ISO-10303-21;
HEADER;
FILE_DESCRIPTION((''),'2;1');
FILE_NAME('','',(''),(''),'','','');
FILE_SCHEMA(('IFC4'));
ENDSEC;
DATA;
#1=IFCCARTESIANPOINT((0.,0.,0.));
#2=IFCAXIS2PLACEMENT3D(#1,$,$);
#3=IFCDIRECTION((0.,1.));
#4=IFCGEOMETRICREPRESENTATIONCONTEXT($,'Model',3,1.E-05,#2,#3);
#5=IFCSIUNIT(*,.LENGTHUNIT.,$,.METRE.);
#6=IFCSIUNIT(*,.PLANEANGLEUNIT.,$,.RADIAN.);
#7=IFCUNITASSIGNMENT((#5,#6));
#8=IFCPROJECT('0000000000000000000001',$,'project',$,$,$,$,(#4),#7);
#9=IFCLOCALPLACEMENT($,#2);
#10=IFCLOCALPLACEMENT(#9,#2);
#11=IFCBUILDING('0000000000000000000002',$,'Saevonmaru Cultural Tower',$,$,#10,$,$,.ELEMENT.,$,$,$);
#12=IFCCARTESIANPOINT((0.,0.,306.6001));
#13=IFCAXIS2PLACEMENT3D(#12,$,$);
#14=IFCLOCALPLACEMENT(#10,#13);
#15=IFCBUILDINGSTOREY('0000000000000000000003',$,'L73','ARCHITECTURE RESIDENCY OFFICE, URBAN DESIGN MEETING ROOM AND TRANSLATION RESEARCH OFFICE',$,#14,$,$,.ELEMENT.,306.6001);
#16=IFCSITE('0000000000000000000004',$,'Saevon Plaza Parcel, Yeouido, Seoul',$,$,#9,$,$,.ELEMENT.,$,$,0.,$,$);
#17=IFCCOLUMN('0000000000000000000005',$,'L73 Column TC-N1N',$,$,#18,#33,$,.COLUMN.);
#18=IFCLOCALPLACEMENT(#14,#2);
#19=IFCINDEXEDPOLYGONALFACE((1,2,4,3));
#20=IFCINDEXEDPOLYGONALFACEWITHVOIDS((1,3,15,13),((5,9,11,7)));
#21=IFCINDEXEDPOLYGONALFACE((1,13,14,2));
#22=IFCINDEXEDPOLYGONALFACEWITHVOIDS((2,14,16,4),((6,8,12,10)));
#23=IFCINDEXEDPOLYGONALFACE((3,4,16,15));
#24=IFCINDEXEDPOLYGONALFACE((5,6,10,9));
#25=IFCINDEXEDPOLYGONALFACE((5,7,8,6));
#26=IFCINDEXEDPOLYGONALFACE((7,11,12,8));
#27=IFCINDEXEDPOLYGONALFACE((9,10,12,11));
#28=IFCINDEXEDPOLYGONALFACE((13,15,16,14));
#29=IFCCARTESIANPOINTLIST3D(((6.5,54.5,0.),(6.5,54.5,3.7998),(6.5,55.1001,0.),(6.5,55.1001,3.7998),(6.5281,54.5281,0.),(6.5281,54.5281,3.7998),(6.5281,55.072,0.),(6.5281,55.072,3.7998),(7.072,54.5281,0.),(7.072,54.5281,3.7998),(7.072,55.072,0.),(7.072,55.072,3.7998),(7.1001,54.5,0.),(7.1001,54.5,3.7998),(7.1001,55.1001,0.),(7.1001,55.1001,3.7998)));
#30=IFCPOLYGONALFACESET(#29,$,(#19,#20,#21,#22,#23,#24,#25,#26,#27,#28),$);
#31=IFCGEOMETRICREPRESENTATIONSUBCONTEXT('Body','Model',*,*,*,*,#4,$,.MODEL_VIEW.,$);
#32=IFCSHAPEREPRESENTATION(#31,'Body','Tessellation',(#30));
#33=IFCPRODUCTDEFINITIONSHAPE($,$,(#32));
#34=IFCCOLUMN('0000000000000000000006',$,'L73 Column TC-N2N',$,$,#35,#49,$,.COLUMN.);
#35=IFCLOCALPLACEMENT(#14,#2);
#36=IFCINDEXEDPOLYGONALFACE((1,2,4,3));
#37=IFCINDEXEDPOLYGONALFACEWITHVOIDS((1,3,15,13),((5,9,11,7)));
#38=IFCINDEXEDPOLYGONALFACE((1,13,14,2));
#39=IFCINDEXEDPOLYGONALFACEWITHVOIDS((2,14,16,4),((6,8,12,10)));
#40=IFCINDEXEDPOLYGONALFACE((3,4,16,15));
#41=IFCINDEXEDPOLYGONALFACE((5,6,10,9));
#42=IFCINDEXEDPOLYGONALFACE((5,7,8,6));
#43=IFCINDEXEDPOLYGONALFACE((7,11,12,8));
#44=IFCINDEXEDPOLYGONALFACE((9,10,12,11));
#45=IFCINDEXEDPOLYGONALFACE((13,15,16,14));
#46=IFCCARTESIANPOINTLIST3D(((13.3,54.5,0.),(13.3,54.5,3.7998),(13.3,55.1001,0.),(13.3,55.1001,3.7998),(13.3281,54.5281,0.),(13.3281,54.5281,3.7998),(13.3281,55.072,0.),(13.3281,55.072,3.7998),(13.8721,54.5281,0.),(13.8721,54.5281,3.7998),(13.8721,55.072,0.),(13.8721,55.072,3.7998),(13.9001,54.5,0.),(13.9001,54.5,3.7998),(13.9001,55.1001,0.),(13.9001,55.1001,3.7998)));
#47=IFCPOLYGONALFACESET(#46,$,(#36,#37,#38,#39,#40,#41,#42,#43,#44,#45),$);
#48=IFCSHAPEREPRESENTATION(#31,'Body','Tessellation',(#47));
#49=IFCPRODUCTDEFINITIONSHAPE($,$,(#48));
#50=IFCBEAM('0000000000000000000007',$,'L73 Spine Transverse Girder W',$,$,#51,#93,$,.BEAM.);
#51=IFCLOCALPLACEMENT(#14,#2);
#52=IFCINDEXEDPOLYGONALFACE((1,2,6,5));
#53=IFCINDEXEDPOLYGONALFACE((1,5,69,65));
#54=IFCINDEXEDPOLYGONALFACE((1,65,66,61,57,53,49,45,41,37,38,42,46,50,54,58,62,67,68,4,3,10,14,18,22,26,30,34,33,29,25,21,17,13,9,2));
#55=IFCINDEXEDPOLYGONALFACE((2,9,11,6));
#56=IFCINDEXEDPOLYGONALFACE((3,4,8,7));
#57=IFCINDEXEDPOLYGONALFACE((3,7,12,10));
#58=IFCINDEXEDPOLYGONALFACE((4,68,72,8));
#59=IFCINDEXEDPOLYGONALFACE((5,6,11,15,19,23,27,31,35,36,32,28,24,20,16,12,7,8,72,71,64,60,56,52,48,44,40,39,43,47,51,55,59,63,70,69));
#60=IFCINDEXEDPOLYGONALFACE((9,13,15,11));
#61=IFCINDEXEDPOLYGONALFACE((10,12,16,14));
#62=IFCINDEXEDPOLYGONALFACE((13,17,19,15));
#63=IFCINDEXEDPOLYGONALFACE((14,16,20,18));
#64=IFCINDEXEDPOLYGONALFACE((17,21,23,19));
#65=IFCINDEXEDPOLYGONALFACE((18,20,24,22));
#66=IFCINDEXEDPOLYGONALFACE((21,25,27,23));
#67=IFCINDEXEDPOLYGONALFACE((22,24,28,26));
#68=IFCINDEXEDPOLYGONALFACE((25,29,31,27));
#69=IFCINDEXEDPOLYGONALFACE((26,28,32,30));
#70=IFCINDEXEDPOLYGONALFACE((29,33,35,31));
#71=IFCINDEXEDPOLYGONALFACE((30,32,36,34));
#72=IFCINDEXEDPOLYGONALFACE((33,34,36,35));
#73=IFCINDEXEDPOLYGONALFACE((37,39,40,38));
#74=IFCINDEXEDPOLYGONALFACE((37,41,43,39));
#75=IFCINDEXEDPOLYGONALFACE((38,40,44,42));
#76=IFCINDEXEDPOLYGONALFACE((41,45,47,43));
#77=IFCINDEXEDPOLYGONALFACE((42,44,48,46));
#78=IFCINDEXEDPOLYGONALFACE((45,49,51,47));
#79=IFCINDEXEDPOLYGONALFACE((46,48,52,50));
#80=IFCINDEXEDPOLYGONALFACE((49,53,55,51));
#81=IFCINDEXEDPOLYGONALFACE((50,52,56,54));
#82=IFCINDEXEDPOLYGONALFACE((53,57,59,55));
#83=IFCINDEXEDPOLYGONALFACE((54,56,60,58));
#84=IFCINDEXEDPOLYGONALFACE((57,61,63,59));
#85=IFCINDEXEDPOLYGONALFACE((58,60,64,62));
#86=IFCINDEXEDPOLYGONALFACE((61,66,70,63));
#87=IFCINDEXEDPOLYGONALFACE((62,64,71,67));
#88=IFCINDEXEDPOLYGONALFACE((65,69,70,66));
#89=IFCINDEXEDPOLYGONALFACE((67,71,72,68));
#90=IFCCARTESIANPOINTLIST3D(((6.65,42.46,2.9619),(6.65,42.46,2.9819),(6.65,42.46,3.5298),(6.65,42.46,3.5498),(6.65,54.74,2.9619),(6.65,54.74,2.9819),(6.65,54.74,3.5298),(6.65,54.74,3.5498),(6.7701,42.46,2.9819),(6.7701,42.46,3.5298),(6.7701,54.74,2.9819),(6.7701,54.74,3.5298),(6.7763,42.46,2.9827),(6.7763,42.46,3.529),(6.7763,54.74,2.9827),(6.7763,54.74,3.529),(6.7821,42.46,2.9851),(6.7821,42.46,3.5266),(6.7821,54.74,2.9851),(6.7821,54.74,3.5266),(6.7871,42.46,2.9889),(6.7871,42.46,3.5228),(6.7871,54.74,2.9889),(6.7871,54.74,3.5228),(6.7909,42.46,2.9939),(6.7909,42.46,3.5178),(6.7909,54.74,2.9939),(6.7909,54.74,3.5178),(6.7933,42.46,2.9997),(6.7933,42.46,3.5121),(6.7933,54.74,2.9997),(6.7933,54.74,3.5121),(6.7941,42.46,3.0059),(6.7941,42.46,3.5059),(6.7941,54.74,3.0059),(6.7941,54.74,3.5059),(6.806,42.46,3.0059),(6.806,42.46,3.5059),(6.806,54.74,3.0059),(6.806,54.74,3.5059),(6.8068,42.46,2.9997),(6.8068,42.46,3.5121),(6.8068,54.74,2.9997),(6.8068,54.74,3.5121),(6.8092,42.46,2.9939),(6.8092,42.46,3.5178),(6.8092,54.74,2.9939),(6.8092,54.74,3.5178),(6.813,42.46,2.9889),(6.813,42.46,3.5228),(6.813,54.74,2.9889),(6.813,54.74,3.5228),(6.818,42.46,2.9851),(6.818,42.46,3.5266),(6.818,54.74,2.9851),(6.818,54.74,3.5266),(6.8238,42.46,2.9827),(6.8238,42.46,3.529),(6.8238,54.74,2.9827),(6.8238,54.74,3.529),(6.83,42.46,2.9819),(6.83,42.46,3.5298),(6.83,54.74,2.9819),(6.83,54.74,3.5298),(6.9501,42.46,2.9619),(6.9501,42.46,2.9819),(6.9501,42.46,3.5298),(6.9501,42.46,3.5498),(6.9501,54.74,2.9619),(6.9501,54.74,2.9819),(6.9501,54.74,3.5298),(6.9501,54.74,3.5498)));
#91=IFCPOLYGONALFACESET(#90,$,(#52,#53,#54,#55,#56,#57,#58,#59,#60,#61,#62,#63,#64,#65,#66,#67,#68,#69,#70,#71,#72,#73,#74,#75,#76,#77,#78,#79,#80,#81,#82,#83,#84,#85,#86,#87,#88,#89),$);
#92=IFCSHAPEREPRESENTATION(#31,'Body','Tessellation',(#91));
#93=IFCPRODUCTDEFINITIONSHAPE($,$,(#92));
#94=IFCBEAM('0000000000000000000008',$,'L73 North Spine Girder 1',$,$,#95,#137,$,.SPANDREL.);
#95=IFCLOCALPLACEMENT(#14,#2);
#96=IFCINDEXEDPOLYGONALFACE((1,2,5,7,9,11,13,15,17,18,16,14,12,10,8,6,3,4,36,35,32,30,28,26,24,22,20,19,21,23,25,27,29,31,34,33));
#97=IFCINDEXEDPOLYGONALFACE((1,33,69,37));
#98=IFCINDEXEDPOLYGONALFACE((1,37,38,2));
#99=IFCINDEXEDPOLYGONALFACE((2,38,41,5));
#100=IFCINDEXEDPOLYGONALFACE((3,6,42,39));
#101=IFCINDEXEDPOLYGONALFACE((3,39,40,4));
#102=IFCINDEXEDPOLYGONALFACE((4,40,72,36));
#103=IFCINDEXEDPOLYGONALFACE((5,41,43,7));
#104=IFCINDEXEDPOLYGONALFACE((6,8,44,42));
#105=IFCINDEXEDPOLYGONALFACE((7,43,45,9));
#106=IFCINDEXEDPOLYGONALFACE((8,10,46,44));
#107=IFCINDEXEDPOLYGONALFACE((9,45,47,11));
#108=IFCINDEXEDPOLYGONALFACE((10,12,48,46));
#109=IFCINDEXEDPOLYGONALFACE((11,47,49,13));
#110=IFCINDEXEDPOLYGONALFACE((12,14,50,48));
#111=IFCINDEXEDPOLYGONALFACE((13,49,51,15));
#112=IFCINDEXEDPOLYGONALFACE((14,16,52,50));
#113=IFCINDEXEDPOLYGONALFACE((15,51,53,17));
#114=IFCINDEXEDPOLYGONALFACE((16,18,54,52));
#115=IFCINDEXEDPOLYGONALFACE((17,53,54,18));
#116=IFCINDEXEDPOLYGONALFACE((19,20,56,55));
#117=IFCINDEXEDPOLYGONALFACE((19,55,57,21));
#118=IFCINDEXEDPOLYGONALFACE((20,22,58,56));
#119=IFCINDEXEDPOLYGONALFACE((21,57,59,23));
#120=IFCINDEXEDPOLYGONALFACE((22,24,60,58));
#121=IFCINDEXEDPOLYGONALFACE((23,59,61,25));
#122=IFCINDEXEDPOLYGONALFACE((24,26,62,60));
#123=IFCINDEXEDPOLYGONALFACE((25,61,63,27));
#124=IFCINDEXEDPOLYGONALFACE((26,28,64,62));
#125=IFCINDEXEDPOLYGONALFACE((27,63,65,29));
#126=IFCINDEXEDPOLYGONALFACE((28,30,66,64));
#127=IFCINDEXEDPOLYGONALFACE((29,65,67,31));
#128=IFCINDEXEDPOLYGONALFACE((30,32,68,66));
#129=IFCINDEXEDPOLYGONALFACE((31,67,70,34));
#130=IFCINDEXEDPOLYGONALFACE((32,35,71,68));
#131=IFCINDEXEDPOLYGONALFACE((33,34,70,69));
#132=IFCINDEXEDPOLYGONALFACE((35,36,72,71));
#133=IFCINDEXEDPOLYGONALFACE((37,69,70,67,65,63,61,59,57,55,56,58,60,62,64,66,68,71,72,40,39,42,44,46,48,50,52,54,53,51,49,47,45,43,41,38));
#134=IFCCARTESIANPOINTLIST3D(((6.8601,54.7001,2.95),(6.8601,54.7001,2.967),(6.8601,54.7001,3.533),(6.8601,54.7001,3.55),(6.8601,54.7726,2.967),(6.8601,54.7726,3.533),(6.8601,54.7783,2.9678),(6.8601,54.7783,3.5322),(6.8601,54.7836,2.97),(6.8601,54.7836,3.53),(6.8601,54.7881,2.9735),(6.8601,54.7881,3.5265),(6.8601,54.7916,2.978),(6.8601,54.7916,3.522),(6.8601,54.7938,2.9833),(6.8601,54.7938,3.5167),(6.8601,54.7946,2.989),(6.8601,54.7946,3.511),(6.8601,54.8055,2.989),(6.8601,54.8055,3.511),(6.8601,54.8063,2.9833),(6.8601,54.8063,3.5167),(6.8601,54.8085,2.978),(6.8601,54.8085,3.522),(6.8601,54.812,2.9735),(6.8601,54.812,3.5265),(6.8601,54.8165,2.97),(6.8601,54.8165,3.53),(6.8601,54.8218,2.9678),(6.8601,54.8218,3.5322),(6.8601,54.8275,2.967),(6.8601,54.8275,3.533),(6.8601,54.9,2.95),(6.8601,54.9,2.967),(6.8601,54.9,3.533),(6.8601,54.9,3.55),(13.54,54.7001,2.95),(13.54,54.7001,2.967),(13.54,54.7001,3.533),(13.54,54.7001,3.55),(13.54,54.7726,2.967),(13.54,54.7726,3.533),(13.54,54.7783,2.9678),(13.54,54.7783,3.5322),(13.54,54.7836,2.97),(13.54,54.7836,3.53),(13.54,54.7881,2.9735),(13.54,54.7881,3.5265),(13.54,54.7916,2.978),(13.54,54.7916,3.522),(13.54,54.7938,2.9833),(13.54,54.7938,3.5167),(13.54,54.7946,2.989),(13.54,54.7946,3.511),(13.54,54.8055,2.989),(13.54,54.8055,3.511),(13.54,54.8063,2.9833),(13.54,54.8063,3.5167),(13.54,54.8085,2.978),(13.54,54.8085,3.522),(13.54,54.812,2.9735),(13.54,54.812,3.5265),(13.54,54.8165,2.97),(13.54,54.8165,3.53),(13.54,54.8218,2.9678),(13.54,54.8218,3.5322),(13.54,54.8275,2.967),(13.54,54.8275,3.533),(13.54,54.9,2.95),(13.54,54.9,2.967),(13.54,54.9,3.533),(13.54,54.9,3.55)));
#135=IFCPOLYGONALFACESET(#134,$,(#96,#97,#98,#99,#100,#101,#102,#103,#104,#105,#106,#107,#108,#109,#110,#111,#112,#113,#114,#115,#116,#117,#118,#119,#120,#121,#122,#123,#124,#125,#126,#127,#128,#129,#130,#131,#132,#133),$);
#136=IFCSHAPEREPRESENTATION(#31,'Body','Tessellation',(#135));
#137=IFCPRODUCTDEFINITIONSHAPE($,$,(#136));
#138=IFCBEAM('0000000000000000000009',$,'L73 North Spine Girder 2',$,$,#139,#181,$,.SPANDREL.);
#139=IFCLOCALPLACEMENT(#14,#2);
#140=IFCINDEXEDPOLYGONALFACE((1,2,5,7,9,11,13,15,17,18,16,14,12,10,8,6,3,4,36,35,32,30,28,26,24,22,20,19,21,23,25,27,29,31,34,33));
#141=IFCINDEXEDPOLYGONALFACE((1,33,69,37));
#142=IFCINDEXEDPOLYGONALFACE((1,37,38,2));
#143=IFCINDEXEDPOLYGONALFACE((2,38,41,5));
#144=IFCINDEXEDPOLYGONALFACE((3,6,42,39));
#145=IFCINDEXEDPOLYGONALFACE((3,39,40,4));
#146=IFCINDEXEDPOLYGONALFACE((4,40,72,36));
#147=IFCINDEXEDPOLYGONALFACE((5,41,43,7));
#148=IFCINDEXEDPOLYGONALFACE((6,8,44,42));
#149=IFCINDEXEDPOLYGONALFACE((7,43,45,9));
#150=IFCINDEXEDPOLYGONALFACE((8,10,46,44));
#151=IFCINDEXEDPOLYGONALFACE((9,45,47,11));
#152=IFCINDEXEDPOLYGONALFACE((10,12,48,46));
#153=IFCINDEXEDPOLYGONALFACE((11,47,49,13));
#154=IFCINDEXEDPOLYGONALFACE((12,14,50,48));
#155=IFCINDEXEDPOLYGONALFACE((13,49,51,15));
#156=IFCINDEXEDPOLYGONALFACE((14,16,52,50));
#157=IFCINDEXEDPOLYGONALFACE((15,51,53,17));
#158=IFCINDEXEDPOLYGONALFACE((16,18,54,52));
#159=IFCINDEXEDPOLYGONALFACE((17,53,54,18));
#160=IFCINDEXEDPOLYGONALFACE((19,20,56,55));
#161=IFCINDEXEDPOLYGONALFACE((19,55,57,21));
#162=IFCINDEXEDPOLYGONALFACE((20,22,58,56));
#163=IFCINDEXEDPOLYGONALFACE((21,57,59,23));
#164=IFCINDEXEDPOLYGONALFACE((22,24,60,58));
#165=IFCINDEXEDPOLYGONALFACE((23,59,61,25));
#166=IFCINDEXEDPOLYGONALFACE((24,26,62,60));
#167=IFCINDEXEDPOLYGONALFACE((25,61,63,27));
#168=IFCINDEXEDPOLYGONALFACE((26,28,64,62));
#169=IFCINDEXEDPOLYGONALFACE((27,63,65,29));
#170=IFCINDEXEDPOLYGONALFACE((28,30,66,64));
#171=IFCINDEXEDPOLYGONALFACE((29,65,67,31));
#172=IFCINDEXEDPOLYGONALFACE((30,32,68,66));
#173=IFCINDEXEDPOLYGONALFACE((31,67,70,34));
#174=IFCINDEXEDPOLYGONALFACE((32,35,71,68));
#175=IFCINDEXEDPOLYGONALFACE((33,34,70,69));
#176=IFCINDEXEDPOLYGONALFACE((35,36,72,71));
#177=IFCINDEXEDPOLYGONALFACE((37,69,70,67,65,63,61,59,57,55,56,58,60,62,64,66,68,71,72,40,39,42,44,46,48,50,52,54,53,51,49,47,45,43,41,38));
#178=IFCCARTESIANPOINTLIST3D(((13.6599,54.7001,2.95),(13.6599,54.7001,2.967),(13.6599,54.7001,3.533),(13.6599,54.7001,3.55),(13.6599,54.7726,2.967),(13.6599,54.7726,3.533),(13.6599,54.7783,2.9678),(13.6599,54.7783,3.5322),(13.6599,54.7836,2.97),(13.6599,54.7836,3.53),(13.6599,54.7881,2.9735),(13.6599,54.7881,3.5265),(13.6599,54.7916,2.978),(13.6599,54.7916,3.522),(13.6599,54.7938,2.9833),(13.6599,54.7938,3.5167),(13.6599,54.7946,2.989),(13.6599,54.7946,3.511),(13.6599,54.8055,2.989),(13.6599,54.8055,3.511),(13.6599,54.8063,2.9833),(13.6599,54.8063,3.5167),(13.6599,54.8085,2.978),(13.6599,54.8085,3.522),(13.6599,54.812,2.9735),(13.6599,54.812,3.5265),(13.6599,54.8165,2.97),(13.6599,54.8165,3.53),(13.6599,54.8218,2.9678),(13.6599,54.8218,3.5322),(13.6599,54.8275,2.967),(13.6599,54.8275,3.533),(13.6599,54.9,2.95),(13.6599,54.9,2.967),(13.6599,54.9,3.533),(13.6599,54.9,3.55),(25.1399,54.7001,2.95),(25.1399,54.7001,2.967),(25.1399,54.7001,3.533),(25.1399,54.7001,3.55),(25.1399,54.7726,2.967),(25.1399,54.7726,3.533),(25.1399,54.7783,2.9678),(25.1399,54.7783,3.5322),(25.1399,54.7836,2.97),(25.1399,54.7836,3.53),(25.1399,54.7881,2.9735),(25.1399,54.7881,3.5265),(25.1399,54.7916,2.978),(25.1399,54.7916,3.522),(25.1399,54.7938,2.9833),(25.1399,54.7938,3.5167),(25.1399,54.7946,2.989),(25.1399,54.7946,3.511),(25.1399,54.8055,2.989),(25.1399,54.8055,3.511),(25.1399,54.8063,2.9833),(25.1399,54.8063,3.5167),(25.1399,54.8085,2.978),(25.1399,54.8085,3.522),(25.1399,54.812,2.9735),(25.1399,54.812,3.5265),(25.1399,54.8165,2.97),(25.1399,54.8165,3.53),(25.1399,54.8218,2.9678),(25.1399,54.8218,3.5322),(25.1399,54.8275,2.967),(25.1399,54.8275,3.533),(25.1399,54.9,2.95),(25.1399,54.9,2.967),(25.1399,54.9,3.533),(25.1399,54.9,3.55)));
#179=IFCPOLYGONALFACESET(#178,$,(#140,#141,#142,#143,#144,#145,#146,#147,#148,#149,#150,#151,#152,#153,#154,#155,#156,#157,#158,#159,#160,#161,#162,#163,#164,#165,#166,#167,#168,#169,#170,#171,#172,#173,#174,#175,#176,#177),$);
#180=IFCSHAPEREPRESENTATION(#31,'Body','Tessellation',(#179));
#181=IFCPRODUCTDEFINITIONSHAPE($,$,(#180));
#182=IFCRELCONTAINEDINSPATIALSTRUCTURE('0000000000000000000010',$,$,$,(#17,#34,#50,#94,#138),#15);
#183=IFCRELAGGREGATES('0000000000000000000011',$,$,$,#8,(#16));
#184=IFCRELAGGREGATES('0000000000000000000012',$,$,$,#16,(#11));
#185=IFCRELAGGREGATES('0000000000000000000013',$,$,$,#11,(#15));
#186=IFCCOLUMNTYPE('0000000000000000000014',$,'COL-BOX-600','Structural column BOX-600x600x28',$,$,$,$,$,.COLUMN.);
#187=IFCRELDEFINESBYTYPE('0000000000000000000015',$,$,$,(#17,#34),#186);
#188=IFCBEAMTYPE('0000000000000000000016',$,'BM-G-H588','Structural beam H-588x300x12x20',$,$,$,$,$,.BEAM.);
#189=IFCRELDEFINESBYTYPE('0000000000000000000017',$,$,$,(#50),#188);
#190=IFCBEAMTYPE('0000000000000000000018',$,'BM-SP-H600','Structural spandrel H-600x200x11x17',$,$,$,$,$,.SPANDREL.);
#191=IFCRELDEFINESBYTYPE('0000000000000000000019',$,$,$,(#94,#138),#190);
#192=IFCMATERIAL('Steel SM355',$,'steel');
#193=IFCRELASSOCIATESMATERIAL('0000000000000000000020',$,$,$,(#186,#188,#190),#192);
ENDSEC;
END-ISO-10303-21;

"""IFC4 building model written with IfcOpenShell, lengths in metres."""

from ifc_helpers import new_model, si_unit, direction, frame, origin, origin_2d, place, context, subcontext, project, spatial, hollow_rectangle, i_section, extrude, material, material_profile, profile_set, type_object, element, save


model = new_model("IFC4")

# Units and contexts
model_context = context("Model", 3, precision=1e-05, world=origin(), true_north=direction((0.0, 1.0)))
body_context = subcontext(model_context, "Body", "Model", "MODEL_VIEW")
ifc_project = project(units=[si_unit("LENGTHUNIT", "METRE"), si_unit("PLANEANGLEUNIT", "RADIAN")], contexts=[model_context])

# Site, building, storey
site_placement = place(None, origin())
site = spatial("IfcSite", under=ifc_project, at=site_placement, Name="Saevon Plaza Parcel, Yeouido, Seoul", CompositionType="ELEMENT", RefElevation=0.0)
building_placement = place(site_placement, origin())
building = spatial("IfcBuilding", under=site, at=building_placement, Name="Saevonmaru Cultural Tower", CompositionType="ELEMENT")
storey_placement = place(building_placement, frame((0.0, 0.0, 306.6001)))
storey = spatial("IfcBuildingStorey", under=building, at=storey_placement, Name="L73", Description="ARCHITECTURE RESIDENCY OFFICE, URBAN DESIGN MEETING ROOM AND TRANSLATION RESEARCH OFFICE", CompositionType="ELEMENT", Elevation=306.6001)

# Columns
ifc_material_1 = material(Name="Steel SM355", Category="steel")
ifc_material_profile_1 = material_profile(ifc_material_1, hollow_rectangle(XDim=0.6001, YDim=0.6001, WallThickness=0.0281, at=origin_2d()), Name="BOX-600x600x28")
ifc_profile_set_1 = profile_set([ifc_material_profile_1], Name="Steel SM355")
column_type = type_object("IfcColumnType", Name="COL-BOX-600", Description="Structural column BOX-600x600x28", PredefinedType="COLUMN", material=ifc_profile_set_1)
for number, where, z_axis, x_axis, name in (
    (1, (6.8, 54.8, 0.0), (0.0, 0.0, 1.0), (1.0, 0.0, 0.0), "L73 Column TC-N1N"),
    (2, (13.6001, 54.8, 0.0), (0.0, 0.0, 1.0), (1.0, 0.0, 0.0), "L73 Column TC-N2N"),
):
    element("IfcColumn", number, at=place(storey_placement, frame(where, z_axis=z_axis, x_axis=x_axis)), inside=storey, type_object=column_type, Name=name, PredefinedType="COLUMN", context=body_context, shape_type="SweptSolid", body=[
        extrude(hollow_rectangle(XDim=0.6001, YDim=0.6001, WallThickness=0.0281, at=origin_2d()), origin(), (0.0, 0.0, 1.0), 3.7998),
    ])

# Beams
ifc_material_profile_2 = material_profile(ifc_material_1, i_section(OverallWidth=0.3, OverallDepth=0.5879, WebThickness=0.012, FlangeThickness=0.02, FilletRadius=0.0239, at=origin_2d()), Name="H-588x300x12x20")
ifc_profile_set_2 = profile_set([ifc_material_profile_2], Name="Steel SM355")
beam_type_1 = type_object("IfcBeamType", Name="BM-G-H588", Description="Structural beam H-588x300x12x20", PredefinedType="BEAM", material=ifc_profile_set_2)
beam_1_placement = place(storey_placement, frame((6.8, 54.74, 3.2559), z_axis=(0.0, -1.0, 0.0), x_axis=(1.0, 0.0, 0.0)))
element("IfcBeam", 3, at=beam_1_placement, inside=storey, type_object=beam_type_1, Name="L73 Spine Transverse Girder W", PredefinedType="BEAM", context=body_context, shape_type="SweptSolid", body=[
    extrude(i_section(OverallWidth=0.3, OverallDepth=0.5879, WebThickness=0.012, FlangeThickness=0.02, FilletRadius=0.0239, at=origin_2d()), origin(), (0.0, 0.0, 1.0), 12.28),
])
ifc_material_profile_3 = material_profile(ifc_material_1, i_section(OverallWidth=0.2, OverallDepth=0.6001, WebThickness=0.011, FlangeThickness=0.0171, FilletRadius=0.022, at=origin_2d()), Name="H-600x200x11x17")
ifc_profile_set_3 = profile_set([ifc_material_profile_3], Name="Steel SM355")
beam_type_2 = type_object("IfcBeamType", Name="BM-SP-H600", Description="Structural spandrel H-600x200x11x17", PredefinedType="SPANDREL", material=ifc_profile_set_3)
beam_2_placement = place(storey_placement, frame((6.8601, 54.8, 3.25), z_axis=(1.0, 0.0, 0.0), x_axis=(0.0, 1.0, 0.0)))
element("IfcBeam", 4, at=beam_2_placement, inside=storey, type_object=beam_type_2, Name="L73 North Spine Girder 1", PredefinedType="SPANDREL", context=body_context, shape_type="SweptSolid", body=[
    extrude(i_section(OverallWidth=0.2, OverallDepth=0.6001, WebThickness=0.011, FlangeThickness=0.0171, FilletRadius=0.022, at=origin_2d()), origin(), (0.0, 0.0, 1.0), 6.6799),
])
beam_3_placement = place(storey_placement, frame((13.6599, 54.8, 3.25), z_axis=(1.0, 0.0, 0.0), x_axis=(0.0, 1.0, 0.0)))
element("IfcBeam", 5, at=beam_3_placement, inside=storey, type_object=beam_type_2, Name="L73 North Spine Girder 2", PredefinedType="SPANDREL", context=body_context, shape_type="SweptSolid", body=[
    extrude(i_section(OverallWidth=0.2, OverallDepth=0.6001, WebThickness=0.011, FlangeThickness=0.0171, FilletRadius=0.022, at=origin_2d()), origin(), (0.0, 0.0, 1.0), 11.48),
])

save(model, "model.ifc")
